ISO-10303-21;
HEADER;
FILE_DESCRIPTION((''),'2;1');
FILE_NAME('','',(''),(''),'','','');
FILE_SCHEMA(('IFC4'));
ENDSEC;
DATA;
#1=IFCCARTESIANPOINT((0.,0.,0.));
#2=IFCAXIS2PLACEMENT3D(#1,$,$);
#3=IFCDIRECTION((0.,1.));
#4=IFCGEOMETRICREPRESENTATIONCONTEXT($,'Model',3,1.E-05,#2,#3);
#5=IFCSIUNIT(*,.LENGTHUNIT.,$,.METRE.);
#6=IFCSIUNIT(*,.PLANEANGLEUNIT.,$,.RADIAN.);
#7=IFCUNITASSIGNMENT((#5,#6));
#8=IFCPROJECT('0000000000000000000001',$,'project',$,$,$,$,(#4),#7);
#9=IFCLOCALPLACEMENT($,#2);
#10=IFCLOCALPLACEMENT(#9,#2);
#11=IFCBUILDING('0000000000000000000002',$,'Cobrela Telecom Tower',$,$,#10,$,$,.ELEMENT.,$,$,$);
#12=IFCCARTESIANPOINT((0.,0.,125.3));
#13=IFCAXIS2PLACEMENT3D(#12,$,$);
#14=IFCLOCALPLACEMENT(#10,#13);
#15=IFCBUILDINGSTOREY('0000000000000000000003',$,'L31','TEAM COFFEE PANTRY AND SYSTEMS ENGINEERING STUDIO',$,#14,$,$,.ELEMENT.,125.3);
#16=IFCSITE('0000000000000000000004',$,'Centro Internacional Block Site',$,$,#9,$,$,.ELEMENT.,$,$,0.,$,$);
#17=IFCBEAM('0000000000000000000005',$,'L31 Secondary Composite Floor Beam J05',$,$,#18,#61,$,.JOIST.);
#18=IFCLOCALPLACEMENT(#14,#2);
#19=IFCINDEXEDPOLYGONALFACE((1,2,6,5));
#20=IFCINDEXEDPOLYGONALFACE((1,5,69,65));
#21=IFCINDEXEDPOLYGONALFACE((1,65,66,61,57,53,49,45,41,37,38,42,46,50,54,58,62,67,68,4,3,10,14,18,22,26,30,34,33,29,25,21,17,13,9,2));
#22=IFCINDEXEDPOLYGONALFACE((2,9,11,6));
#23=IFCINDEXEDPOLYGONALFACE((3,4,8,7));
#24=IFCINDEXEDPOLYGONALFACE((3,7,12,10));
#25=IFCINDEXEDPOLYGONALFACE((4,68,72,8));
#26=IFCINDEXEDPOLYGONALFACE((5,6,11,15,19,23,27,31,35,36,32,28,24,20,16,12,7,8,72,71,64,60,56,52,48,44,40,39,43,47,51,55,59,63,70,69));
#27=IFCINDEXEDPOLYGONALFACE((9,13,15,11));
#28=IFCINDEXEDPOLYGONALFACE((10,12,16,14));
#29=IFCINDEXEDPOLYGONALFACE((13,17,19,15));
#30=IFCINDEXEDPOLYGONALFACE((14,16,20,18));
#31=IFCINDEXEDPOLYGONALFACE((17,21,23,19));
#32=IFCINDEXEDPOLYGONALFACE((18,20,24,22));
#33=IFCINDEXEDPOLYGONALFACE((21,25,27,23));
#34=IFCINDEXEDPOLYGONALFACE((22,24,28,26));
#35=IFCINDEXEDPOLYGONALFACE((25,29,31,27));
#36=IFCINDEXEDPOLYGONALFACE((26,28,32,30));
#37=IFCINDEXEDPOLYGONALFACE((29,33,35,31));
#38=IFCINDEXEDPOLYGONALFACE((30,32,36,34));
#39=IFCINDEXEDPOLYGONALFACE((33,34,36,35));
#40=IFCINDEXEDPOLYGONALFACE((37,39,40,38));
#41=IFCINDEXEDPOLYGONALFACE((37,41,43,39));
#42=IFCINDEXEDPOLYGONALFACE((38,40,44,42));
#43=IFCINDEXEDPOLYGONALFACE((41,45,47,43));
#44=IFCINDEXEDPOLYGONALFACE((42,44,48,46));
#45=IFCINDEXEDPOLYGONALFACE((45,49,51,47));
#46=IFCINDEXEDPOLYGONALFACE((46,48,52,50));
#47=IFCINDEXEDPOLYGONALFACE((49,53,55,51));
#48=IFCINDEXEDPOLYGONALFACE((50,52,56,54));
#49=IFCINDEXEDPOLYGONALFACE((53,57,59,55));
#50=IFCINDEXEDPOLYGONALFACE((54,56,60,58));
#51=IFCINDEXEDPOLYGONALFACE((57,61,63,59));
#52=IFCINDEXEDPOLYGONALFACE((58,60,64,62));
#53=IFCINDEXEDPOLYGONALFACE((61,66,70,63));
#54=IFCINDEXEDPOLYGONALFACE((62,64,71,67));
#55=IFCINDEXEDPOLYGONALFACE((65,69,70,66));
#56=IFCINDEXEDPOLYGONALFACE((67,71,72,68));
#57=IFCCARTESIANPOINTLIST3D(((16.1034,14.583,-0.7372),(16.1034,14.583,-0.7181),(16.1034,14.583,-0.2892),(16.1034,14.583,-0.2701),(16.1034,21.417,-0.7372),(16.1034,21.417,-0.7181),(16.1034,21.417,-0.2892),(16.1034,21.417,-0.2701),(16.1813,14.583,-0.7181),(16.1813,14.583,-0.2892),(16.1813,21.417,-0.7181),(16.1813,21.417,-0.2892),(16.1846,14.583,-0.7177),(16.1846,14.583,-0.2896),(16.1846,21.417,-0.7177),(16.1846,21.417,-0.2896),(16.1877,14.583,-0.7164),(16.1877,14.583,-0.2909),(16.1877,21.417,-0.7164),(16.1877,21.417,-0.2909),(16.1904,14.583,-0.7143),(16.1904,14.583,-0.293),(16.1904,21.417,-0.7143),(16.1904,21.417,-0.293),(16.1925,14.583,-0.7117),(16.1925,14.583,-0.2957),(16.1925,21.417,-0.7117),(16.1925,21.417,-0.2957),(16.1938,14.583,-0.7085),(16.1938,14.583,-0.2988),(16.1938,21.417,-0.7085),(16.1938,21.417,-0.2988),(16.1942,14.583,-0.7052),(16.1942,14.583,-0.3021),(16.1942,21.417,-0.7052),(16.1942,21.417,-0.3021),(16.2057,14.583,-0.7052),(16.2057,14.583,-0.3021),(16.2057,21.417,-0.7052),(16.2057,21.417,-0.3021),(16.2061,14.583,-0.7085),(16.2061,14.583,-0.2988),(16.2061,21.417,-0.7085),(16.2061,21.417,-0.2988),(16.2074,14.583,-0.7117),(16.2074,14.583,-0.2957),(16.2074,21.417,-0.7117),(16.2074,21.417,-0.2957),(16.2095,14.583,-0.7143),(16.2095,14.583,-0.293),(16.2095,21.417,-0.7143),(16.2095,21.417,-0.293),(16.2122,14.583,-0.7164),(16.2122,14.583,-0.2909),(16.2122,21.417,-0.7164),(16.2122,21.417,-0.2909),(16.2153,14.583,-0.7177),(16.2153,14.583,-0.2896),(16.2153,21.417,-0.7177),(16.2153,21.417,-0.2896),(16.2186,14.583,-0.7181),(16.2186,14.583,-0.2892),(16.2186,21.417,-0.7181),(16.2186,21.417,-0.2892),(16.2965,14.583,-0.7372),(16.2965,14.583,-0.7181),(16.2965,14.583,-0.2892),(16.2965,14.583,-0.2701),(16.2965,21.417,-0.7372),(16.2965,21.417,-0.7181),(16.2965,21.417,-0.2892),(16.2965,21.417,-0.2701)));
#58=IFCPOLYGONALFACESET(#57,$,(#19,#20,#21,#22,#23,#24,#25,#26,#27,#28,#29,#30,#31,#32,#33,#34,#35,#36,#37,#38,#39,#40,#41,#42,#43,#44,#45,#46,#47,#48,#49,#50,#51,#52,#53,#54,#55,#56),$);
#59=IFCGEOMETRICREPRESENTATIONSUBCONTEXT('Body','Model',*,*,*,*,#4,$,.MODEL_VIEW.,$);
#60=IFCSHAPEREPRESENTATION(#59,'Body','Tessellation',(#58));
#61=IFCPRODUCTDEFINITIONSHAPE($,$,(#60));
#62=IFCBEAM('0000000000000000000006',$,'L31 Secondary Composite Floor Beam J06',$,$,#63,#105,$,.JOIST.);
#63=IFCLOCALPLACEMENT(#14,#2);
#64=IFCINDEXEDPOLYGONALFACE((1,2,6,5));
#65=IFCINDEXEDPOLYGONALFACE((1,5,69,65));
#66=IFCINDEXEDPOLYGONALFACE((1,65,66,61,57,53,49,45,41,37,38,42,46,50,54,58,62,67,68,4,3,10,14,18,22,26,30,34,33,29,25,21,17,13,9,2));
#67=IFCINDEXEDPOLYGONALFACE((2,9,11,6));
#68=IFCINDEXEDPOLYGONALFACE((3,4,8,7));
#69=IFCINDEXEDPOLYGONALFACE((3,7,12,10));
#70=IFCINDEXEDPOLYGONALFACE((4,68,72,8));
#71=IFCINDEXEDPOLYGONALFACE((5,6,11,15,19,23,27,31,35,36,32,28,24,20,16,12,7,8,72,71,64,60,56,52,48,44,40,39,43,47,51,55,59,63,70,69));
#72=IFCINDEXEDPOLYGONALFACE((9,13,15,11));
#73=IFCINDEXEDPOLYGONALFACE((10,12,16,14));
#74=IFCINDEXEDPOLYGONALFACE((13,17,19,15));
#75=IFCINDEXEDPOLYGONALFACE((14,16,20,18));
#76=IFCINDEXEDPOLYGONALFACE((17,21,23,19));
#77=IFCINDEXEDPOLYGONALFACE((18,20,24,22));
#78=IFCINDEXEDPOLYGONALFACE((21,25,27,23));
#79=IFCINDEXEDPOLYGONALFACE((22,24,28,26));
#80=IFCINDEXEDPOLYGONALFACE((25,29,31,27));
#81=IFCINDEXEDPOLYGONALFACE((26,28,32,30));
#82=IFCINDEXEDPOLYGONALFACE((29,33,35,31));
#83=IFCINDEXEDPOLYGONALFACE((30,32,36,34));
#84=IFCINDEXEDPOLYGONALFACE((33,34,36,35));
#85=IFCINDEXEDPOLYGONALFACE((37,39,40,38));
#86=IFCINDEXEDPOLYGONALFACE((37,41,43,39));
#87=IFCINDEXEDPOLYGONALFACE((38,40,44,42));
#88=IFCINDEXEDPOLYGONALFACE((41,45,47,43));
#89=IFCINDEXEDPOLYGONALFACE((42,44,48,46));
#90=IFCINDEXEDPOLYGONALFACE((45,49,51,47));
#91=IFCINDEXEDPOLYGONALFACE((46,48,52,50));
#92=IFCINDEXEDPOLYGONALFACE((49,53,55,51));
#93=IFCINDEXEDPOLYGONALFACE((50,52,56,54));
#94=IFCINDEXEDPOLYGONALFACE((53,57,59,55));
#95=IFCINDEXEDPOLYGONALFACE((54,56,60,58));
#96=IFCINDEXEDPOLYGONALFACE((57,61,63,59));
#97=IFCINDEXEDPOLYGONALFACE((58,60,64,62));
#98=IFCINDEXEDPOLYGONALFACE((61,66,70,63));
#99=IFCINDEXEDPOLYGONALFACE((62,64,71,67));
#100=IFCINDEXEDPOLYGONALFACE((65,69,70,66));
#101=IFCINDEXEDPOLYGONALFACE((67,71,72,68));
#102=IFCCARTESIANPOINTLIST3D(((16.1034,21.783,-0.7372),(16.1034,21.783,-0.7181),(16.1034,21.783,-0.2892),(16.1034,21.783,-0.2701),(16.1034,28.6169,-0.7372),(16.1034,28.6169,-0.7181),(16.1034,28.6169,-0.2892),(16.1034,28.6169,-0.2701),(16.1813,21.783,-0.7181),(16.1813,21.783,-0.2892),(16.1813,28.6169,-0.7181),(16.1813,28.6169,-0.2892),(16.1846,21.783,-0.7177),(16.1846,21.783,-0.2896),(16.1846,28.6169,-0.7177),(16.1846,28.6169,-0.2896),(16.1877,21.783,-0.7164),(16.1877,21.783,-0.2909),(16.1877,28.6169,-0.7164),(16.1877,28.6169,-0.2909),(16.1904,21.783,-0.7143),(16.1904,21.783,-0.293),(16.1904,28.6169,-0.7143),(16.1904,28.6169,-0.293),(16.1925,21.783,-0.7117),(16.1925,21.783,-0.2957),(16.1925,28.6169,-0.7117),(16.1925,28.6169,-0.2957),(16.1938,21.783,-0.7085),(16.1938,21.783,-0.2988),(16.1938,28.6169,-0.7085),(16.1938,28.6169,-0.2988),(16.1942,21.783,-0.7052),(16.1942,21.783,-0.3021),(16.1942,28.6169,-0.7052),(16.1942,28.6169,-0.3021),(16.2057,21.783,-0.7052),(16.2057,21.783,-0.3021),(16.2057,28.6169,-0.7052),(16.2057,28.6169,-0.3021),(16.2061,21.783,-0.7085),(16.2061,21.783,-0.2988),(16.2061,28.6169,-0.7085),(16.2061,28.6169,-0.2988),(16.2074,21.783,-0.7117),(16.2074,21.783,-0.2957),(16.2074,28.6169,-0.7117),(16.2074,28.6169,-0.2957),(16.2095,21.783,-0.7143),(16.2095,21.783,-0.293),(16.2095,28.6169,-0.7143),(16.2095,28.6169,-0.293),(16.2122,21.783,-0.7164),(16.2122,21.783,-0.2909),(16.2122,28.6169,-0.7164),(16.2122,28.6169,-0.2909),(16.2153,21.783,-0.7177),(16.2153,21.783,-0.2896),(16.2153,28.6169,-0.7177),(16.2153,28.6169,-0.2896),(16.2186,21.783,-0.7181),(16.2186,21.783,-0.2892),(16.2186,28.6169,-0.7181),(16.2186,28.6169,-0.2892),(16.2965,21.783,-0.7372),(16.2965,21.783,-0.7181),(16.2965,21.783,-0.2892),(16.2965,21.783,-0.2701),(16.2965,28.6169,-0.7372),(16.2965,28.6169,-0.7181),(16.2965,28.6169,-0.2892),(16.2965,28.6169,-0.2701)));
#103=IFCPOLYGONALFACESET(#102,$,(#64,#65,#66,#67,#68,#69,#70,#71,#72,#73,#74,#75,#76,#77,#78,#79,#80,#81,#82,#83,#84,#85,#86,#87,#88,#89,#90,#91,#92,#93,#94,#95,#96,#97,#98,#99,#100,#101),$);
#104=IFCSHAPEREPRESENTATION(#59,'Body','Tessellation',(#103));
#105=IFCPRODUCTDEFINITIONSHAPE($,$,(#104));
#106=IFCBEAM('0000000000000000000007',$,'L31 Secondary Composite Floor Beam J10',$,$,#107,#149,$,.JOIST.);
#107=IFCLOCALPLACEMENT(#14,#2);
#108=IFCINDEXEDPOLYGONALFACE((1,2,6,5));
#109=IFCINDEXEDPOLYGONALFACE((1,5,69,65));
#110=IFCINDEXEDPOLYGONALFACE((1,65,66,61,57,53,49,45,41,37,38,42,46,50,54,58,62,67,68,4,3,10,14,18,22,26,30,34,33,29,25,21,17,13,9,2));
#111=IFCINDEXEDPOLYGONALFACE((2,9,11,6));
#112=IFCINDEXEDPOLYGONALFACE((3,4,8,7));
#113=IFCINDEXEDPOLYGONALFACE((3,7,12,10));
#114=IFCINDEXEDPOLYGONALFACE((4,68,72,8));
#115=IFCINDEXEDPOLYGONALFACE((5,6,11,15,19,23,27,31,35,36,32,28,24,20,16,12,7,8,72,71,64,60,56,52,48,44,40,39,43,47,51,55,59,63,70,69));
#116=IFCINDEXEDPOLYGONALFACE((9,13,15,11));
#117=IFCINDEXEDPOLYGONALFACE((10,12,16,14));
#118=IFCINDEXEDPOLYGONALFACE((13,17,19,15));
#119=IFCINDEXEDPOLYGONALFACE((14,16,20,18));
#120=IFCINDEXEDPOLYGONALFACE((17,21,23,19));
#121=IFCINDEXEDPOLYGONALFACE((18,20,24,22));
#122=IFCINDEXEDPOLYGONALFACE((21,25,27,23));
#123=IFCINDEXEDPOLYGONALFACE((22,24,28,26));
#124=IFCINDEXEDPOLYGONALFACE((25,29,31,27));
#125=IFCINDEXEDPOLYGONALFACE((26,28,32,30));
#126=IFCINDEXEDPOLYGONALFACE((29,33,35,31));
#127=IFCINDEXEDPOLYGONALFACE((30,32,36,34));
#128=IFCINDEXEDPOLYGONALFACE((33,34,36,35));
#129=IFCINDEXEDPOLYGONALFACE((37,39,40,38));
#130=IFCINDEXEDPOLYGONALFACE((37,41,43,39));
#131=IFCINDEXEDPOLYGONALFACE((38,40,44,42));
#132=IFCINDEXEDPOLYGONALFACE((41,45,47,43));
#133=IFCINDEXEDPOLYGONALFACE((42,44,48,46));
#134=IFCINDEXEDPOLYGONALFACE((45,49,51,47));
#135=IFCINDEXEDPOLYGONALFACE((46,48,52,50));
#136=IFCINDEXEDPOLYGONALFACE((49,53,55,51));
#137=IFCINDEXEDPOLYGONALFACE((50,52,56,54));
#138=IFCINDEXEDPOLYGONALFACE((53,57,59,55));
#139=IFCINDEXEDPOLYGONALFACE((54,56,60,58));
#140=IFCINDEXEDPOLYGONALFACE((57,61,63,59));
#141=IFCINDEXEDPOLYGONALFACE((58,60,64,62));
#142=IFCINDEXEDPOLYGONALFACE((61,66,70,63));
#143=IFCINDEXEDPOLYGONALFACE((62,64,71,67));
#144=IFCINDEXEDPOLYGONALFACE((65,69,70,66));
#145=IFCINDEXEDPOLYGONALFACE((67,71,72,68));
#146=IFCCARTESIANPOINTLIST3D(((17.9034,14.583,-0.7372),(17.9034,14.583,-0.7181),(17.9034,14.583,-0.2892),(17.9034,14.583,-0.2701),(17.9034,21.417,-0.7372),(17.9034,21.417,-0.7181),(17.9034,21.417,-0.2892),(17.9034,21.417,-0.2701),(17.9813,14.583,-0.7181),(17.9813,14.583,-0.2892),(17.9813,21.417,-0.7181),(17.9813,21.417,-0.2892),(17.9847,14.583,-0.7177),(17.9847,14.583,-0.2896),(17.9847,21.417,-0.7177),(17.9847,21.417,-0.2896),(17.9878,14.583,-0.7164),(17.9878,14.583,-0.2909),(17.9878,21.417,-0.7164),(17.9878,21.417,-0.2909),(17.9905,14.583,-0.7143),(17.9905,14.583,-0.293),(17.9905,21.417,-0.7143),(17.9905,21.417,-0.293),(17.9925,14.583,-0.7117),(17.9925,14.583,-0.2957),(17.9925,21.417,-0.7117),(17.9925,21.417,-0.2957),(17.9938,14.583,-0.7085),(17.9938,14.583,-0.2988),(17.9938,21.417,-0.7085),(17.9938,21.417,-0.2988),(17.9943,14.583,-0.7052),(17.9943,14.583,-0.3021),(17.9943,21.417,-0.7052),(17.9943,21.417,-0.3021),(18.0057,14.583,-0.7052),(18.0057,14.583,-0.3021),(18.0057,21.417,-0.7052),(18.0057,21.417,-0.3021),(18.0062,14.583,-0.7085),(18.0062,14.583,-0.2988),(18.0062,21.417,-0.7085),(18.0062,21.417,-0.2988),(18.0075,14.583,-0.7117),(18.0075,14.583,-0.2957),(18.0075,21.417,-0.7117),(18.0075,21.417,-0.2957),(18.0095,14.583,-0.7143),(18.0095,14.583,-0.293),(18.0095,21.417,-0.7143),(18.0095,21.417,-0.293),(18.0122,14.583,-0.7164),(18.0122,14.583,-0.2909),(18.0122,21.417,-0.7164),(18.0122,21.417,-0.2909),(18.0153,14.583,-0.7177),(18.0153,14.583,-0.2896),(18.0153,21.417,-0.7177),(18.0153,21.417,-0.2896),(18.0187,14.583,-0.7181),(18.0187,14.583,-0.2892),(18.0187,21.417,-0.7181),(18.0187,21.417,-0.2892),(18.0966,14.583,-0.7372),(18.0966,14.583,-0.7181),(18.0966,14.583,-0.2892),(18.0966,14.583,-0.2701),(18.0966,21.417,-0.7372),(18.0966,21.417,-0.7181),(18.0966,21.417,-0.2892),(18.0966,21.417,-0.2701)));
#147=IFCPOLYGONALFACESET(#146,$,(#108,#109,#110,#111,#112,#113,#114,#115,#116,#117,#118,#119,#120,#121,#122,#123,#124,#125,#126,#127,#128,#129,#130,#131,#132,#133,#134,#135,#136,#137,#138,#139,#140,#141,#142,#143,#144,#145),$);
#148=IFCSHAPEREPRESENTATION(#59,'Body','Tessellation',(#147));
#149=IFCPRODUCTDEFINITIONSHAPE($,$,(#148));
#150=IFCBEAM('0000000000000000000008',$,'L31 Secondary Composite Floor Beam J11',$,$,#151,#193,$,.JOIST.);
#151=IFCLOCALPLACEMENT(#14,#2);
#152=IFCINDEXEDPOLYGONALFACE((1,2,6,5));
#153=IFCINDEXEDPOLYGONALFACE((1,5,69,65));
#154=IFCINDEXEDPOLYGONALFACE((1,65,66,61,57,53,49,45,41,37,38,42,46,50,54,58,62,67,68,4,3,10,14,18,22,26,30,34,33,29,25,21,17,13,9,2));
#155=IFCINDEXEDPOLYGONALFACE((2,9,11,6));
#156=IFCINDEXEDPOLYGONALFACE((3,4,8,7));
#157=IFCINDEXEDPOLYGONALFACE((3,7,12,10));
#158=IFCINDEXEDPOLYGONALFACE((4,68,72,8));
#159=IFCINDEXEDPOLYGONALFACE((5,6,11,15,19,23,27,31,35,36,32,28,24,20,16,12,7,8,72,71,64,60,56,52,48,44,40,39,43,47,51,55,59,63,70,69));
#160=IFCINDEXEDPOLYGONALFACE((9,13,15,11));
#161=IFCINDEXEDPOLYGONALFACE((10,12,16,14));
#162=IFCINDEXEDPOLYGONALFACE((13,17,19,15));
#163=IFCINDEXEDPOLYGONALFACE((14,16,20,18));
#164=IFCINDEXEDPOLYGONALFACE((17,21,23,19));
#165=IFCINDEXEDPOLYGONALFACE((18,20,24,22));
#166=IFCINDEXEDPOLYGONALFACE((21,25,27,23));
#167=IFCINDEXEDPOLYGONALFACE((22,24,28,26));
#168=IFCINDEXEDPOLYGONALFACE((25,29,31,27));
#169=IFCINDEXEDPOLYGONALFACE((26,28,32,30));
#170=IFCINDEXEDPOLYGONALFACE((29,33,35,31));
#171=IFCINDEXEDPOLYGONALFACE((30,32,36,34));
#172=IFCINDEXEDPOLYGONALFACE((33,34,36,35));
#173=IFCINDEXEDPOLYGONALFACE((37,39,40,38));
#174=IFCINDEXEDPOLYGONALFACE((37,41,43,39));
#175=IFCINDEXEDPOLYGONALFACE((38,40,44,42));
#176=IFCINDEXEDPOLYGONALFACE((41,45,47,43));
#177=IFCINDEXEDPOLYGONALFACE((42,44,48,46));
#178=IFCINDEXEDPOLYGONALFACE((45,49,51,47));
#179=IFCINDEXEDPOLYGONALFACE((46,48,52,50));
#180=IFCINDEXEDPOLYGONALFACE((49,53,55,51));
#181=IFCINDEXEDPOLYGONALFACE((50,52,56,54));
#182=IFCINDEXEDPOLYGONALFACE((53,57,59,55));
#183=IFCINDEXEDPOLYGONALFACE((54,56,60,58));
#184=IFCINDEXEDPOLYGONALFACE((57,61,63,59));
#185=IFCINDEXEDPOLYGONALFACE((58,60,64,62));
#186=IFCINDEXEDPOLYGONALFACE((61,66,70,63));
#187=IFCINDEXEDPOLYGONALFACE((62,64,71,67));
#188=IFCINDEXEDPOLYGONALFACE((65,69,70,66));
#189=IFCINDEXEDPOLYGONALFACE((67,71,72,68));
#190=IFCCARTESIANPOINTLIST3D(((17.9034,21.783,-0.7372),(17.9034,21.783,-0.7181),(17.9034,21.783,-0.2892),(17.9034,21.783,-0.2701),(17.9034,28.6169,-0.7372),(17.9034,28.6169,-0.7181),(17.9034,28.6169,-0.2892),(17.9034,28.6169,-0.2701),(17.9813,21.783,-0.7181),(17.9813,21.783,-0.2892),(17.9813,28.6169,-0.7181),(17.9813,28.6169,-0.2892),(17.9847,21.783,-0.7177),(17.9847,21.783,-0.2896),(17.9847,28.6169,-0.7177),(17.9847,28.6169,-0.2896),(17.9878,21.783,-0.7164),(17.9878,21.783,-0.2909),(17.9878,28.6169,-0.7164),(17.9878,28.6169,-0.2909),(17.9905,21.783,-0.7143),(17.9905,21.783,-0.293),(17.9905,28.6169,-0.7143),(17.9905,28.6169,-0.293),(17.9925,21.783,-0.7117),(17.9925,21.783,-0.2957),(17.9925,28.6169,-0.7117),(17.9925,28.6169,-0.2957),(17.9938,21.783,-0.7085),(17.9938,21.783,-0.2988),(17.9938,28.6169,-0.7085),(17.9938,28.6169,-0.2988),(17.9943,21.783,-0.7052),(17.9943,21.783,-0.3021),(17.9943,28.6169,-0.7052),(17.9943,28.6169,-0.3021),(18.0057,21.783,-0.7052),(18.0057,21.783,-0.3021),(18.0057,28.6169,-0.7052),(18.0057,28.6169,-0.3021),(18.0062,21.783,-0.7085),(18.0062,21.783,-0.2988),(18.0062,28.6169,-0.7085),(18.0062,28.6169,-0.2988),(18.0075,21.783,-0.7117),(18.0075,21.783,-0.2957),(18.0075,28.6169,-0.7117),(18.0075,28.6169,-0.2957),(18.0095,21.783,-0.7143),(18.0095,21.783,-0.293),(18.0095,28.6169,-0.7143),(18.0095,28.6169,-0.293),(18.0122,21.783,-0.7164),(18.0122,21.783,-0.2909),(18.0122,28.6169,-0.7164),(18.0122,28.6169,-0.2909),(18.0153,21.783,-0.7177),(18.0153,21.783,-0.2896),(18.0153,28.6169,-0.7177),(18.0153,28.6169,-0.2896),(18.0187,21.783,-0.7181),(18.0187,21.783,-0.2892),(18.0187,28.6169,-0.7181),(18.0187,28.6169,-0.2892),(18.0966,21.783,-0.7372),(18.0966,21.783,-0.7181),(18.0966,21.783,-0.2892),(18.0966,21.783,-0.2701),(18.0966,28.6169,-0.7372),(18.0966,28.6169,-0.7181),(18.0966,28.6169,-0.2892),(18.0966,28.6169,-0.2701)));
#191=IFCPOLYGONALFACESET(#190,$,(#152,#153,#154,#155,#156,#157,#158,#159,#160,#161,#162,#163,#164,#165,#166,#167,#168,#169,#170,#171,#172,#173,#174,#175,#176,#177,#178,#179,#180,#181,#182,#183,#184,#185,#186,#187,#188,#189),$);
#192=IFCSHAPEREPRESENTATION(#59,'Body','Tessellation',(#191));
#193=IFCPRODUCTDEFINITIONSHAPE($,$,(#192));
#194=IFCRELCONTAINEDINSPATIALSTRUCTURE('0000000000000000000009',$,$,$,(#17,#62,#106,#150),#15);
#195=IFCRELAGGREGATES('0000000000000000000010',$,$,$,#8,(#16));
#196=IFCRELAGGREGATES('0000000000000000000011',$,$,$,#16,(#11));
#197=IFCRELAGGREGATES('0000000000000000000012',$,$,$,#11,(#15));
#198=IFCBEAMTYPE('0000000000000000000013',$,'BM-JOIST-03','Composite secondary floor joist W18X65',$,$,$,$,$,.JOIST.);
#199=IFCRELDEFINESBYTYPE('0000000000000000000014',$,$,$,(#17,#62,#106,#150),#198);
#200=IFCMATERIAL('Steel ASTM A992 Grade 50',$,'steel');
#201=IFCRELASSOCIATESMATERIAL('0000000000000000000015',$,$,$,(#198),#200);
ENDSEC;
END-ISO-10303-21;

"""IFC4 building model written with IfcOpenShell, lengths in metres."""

from ifc_helpers import new_model, si_unit, direction, frame, origin, origin_2d, place, context, subcontext, project, spatial, i_section, extrude, material, material_profile, profile_set, type_object, element, save


model = new_model("IFC4")

# Units and contexts
model_context = context("Model", 3, precision=1e-05, world=origin(), true_north=direction((0.0, 1.0)))
body_context = subcontext(model_context, "Body", "Model", "MODEL_VIEW")
ifc_project = project(units=[si_unit("LENGTHUNIT", "METRE"), si_unit("PLANEANGLEUNIT", "RADIAN")], contexts=[model_context])

# Site, building, storey
site_placement = place(None, origin())
site = spatial("IfcSite", under=ifc_project, at=site_placement, Name="Centro Internacional Block Site", CompositionType="ELEMENT", RefElevation=0.0)
building_placement = place(site_placement, origin())
building = spatial("IfcBuilding", under=site, at=building_placement, Name="Cobrela Telecom Tower", CompositionType="ELEMENT")
storey_placement = place(building_placement, frame((0.0, 0.0, 125.3)))
storey = spatial("IfcBuildingStorey", under=building, at=storey_placement, Name="L31", Description="TEAM COFFEE PANTRY AND SYSTEMS ENGINEERING STUDIO", CompositionType="ELEMENT", Elevation=125.3)

# Beams
ifc_material_1 = material(Name="Steel ASTM A992 Grade 50", Category="steel")
ifc_material_profile_1 = material_profile(ifc_material_1, i_section(OverallWidth=0.1931, OverallDepth=0.467, WebThickness=0.0115, FlangeThickness=0.019, FilletRadius=0.0129, at=origin_2d()), Name="W18X65")
ifc_profile_set_1 = profile_set([ifc_material_profile_1], Name="Steel ASTM A992 Grade 50")
beam_type_1 = type_object("IfcBeamType", Name="BM-JOIST-03", Description="Composite secondary floor joist W18X65", PredefinedType="JOIST", material=ifc_profile_set_1)
for number, where, z_axis, x_axis, name in (
    (1, (16.2, 14.583, -0.5037), (0.0, 1.0, 0.0), (-1.0, 0.0, 0.0), "L31 Secondary Composite Floor Beam J05"),
    (2, (16.2, 21.783, -0.5037), (0.0, 1.0, 0.0), (-1.0, 0.0, 0.0), "L31 Secondary Composite Floor Beam J06"),
    (3, (18.0, 14.583, -0.5037), (0.0, 1.0, 0.0), (-1.0, 0.0, 0.0), "L31 Secondary Composite Floor Beam J10"),
    (4, (18.0, 21.783, -0.5037), (0.0, 1.0, 0.0), (-1.0, 0.0, 0.0), "L31 Secondary Composite Floor Beam J11"),
):
    element("IfcBeam", number, at=place(storey_placement, frame(where, z_axis=z_axis, x_axis=x_axis)), inside=storey, type_object=beam_type_1, Name=name, PredefinedType="JOIST", context=body_context, shape_type="SweptSolid", body=[
        extrude(i_section(OverallWidth=0.1931, OverallDepth=0.467, WebThickness=0.0115, FlangeThickness=0.019, FilletRadius=0.0129, at=origin_2d()), origin(), (0.0, 0.0, 1.0), 6.834),
    ])

save(model, "model.ifc")
